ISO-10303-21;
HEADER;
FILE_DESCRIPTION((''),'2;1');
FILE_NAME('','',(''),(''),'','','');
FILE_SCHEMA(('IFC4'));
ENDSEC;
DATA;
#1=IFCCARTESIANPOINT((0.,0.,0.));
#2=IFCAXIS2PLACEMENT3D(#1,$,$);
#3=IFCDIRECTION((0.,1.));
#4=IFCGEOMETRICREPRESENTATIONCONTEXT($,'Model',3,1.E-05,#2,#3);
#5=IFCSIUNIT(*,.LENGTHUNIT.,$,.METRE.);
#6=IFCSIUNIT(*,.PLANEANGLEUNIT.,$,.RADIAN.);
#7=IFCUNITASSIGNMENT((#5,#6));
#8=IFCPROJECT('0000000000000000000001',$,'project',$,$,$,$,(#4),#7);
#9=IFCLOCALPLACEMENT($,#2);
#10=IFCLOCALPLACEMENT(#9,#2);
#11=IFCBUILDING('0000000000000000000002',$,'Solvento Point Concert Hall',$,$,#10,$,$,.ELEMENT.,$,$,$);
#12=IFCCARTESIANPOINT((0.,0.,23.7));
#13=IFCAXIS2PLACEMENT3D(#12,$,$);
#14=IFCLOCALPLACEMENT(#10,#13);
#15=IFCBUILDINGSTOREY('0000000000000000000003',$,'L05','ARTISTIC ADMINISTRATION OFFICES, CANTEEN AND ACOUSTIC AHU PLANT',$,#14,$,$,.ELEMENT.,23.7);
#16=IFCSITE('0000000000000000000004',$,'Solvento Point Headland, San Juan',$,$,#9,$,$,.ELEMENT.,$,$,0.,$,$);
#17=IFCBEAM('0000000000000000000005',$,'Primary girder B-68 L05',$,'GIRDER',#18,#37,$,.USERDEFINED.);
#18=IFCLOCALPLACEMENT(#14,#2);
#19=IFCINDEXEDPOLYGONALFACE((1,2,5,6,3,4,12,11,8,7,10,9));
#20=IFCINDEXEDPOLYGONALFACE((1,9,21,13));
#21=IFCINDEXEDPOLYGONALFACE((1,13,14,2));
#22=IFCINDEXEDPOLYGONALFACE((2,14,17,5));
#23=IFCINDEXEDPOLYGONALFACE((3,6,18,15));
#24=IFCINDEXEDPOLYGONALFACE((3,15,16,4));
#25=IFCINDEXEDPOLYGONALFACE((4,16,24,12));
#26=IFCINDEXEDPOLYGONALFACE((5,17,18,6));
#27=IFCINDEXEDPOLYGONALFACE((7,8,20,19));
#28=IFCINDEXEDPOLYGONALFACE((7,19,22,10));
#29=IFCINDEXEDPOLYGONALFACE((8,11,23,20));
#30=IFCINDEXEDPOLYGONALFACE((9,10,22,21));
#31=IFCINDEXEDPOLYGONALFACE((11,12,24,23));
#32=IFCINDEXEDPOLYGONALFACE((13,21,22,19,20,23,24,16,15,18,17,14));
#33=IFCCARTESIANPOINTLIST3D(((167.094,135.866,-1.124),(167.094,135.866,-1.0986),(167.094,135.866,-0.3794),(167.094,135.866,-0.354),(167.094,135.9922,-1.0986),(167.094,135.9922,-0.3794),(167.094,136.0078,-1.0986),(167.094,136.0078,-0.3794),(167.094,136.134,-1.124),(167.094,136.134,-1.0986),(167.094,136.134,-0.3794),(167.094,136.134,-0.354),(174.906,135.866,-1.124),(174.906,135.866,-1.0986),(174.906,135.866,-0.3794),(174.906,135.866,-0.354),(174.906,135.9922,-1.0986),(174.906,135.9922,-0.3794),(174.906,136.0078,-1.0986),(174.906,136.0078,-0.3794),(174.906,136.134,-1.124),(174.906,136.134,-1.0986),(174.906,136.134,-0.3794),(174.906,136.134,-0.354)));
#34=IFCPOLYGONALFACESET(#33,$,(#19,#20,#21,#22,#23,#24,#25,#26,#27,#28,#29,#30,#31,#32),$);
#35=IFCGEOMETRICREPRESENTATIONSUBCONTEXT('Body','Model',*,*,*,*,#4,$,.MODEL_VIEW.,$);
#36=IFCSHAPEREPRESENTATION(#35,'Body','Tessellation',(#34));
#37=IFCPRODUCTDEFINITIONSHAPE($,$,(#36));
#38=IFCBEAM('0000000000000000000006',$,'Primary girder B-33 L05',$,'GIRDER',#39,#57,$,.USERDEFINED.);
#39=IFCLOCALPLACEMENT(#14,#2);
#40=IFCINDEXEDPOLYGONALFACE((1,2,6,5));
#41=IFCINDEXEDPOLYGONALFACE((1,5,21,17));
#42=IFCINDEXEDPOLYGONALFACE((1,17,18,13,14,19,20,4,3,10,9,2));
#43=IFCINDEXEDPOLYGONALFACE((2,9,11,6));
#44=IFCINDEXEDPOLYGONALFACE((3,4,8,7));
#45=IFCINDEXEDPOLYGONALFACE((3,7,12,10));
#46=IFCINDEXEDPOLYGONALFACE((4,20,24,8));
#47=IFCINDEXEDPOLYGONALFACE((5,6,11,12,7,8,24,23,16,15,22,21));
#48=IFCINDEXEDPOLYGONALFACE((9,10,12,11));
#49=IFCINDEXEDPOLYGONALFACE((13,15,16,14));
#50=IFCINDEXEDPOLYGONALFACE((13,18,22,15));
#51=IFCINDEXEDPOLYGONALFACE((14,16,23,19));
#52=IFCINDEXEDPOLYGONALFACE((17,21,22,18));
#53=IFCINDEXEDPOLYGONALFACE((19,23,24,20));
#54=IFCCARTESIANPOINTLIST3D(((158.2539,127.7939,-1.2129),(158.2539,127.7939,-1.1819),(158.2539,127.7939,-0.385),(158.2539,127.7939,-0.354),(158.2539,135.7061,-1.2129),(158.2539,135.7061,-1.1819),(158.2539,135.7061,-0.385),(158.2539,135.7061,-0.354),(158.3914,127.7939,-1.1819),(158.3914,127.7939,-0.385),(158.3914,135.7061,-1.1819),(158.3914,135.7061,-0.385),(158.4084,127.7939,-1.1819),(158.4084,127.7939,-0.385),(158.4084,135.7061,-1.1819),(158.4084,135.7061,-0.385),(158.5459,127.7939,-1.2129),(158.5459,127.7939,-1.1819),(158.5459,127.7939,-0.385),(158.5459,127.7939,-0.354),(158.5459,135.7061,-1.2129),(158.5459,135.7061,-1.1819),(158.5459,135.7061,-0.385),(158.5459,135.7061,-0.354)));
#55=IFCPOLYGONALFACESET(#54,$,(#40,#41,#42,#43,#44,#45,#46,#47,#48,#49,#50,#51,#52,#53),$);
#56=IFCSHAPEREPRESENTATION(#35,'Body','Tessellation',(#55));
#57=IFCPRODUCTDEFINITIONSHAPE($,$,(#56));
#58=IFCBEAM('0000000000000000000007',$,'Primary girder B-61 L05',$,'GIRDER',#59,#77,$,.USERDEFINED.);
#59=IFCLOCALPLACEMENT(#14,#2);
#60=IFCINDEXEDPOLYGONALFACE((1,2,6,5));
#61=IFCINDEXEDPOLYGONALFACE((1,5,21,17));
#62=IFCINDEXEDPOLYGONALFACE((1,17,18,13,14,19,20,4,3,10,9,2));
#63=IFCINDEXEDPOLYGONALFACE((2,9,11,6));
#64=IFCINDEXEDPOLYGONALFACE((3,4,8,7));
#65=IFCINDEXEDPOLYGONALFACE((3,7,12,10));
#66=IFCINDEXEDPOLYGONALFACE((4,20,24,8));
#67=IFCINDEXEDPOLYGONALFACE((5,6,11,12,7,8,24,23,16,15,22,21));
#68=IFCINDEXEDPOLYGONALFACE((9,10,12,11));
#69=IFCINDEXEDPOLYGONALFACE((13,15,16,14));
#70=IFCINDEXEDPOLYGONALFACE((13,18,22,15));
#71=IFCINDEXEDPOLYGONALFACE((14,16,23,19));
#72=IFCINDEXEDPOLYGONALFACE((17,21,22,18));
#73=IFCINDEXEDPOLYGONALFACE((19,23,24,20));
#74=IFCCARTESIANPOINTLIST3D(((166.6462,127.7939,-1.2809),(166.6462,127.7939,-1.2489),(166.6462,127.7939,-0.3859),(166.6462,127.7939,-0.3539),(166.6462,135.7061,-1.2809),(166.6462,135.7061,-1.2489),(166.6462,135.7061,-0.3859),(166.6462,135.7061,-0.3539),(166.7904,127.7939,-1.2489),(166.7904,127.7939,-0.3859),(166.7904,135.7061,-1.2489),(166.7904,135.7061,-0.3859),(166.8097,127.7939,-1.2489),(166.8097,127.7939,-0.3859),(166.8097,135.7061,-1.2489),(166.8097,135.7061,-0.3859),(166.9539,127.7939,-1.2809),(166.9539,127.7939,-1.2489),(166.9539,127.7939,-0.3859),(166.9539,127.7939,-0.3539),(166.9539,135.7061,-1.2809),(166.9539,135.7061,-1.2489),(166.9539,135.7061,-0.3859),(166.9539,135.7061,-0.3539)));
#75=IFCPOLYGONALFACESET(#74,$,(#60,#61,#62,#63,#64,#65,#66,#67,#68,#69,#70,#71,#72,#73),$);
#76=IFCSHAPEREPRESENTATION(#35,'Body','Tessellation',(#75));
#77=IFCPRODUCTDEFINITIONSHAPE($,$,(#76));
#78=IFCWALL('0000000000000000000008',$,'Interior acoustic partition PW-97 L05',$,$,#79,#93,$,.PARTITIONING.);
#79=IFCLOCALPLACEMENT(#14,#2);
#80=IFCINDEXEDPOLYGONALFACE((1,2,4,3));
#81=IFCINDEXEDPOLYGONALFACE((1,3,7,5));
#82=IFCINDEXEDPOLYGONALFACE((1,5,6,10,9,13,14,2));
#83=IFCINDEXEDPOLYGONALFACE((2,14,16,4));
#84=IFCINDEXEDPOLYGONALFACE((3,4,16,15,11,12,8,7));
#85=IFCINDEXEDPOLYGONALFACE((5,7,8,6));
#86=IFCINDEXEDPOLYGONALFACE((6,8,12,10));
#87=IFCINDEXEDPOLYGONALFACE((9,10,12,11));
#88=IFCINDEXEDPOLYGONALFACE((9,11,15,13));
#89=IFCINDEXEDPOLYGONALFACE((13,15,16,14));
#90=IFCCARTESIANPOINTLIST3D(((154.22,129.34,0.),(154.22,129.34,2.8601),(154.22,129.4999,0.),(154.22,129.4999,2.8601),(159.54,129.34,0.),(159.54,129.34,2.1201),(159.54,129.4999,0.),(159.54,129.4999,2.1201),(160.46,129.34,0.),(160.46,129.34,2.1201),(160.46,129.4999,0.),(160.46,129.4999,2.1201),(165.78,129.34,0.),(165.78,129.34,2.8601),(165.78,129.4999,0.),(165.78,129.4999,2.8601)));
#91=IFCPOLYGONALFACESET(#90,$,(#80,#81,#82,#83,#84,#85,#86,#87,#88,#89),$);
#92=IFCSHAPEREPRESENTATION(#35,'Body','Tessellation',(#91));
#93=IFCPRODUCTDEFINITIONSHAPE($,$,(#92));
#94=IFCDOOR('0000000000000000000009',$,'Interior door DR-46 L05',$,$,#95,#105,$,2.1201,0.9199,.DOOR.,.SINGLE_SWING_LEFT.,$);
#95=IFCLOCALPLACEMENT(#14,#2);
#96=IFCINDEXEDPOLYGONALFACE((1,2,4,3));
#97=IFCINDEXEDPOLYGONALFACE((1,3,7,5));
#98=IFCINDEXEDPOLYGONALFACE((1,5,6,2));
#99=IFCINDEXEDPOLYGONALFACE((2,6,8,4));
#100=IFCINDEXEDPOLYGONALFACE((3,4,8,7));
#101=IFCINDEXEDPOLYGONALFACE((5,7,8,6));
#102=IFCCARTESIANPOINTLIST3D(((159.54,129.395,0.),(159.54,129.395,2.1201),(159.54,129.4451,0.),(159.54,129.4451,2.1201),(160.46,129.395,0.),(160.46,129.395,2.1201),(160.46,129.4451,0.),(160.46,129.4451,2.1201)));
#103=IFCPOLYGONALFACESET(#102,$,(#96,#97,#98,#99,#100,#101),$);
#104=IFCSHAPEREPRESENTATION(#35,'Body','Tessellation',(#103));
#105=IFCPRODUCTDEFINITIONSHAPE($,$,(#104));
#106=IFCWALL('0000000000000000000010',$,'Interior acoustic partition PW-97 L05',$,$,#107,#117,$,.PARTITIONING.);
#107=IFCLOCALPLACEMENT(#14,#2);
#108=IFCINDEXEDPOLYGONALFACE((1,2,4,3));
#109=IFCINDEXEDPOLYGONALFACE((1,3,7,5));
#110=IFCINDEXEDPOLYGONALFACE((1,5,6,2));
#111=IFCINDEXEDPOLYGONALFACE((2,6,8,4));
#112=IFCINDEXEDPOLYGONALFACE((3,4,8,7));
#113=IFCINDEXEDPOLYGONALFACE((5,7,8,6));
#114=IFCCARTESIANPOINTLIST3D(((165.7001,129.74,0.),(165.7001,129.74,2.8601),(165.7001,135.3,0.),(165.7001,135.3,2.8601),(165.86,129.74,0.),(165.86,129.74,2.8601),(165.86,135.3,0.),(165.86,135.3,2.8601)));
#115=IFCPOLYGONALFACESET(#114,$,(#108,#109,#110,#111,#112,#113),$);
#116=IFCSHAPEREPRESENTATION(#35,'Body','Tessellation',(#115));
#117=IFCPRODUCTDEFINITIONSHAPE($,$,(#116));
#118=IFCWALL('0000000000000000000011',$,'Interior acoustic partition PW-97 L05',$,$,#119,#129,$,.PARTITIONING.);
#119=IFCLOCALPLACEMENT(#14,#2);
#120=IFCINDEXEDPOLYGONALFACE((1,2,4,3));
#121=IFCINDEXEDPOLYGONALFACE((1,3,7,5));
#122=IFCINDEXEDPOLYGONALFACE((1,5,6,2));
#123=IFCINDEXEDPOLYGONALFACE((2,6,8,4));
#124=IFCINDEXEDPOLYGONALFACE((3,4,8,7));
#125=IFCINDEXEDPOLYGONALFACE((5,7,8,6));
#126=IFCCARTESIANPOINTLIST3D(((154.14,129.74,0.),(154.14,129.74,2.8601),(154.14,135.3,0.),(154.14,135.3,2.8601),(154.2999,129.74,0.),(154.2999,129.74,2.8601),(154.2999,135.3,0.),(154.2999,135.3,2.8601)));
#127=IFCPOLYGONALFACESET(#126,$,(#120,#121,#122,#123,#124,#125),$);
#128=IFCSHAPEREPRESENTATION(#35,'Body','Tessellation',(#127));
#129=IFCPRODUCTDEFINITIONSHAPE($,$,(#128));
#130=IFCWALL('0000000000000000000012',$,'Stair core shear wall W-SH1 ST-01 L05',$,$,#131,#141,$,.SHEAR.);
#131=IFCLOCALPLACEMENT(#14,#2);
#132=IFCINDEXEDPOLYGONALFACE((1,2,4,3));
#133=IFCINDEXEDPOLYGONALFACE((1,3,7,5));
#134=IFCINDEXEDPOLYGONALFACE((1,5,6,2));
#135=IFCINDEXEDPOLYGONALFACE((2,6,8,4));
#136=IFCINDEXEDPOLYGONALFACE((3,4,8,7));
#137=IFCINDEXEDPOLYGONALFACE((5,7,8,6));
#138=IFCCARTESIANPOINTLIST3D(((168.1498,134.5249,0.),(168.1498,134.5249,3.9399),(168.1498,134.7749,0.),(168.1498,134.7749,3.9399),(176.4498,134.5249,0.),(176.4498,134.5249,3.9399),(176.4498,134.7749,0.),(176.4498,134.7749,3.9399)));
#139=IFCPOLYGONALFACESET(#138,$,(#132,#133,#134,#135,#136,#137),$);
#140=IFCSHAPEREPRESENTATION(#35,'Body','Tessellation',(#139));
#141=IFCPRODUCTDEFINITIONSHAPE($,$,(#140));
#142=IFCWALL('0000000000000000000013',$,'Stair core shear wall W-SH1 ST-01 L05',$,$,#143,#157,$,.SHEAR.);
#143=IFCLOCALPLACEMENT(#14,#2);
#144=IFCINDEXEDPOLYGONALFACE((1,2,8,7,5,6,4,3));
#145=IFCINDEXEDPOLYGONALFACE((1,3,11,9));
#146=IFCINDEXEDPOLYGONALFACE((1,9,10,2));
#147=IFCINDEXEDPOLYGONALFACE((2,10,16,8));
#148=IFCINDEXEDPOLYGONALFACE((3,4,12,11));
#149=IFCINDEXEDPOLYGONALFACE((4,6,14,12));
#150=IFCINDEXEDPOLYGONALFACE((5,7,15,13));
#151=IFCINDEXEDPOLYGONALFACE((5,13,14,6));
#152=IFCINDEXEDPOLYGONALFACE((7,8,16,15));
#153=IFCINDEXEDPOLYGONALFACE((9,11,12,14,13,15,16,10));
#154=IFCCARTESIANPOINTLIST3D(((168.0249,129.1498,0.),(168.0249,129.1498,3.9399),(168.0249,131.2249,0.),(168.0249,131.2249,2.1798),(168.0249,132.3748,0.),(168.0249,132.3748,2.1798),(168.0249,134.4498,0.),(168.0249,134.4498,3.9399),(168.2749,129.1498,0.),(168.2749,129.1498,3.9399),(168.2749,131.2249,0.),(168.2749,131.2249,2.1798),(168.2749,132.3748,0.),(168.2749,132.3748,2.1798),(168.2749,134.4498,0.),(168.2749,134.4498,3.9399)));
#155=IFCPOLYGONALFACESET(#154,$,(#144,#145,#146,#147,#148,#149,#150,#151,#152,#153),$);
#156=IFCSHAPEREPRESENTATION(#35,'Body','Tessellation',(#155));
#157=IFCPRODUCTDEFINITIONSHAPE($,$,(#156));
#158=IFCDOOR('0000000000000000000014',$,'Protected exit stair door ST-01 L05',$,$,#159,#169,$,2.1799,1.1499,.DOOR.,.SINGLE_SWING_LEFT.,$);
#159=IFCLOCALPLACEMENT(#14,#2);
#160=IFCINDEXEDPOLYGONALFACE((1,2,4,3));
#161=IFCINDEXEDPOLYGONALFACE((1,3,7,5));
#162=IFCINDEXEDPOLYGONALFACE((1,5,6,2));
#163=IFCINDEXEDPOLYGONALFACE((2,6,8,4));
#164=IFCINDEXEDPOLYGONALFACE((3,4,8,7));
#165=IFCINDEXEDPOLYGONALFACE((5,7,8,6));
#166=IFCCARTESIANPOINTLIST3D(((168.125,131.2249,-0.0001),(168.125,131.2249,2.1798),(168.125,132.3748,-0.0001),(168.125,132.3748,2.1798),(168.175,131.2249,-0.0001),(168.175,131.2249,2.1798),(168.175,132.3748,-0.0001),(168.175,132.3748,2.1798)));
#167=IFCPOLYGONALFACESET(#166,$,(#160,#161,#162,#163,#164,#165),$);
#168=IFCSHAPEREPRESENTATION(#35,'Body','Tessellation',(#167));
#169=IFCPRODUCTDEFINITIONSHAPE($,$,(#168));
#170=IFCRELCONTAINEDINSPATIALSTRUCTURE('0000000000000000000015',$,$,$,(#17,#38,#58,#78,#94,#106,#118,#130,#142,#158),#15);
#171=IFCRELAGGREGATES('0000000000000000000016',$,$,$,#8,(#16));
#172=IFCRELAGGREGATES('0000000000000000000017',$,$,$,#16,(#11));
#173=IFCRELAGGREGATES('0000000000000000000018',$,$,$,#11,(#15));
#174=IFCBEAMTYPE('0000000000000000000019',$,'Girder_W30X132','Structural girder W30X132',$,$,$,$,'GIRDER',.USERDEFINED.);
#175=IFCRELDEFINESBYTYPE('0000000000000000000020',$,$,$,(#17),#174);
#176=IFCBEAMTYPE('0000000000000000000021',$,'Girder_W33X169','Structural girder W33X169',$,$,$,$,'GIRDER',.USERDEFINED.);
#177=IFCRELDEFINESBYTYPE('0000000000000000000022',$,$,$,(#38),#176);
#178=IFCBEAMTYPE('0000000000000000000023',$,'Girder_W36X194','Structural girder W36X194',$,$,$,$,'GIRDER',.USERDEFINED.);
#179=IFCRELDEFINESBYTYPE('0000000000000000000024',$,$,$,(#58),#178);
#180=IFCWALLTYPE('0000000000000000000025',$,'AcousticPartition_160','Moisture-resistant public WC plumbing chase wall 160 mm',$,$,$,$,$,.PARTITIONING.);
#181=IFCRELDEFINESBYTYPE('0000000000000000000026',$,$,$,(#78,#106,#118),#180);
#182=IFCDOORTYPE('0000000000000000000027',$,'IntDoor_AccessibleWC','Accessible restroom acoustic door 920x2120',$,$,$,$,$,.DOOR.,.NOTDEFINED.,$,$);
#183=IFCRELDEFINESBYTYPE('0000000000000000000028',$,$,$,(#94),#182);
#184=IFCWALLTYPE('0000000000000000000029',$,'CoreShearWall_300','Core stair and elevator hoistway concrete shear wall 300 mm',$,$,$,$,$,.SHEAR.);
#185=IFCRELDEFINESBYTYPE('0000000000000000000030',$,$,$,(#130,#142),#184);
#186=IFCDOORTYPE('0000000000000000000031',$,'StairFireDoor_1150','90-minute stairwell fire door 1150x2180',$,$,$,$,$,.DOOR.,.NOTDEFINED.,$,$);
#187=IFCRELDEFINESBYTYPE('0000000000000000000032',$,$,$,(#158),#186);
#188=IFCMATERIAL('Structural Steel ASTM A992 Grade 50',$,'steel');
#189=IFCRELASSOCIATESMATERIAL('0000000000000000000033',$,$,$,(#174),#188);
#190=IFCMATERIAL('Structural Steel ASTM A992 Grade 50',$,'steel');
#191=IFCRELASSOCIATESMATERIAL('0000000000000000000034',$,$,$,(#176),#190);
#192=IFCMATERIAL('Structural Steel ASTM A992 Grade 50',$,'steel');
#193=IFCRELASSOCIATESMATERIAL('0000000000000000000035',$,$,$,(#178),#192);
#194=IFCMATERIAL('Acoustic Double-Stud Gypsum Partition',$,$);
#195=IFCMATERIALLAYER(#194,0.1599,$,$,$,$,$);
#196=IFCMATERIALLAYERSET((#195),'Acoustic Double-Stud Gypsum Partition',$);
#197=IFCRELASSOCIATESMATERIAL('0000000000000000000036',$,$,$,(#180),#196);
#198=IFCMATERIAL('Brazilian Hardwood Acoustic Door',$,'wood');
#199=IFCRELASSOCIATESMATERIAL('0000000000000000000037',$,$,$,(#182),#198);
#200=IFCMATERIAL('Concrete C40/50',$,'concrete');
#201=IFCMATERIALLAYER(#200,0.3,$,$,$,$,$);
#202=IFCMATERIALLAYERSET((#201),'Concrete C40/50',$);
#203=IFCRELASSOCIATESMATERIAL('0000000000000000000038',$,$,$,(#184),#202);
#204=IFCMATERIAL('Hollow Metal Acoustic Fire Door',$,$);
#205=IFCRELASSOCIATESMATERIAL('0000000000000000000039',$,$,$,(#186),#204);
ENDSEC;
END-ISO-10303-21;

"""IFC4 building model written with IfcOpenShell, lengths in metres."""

from ifc_helpers import new_model, si_unit, direction, frame, frame_2d, origin, origin_2d, place, context, subcontext, project, spatial, rectangle, i_section, extrude, material, layer, layer_set, material_profile, profile_set, type_object, element, fill, save


model = new_model("IFC4")

# Units and contexts
model_context = context("Model", 3, precision=1e-05, world=origin(), true_north=direction((0.0, 1.0)))
body_context = subcontext(model_context, "Body", "Model", "MODEL_VIEW")
ifc_project = project(units=[si_unit("LENGTHUNIT", "METRE"), si_unit("PLANEANGLEUNIT", "RADIAN")], contexts=[model_context])

# Site, building, storey
site_placement = place(None, origin())
site = spatial("IfcSite", under=ifc_project, at=site_placement, Name="Solvento Point Headland, San Juan", CompositionType="ELEMENT", RefElevation=0.0)
building_placement = place(site_placement, origin())
building = spatial("IfcBuilding", under=site, at=building_placement, Name="Solvento Point Concert Hall", CompositionType="ELEMENT")
storey_placement = place(building_placement, frame((0.0, 0.0, 23.7)))
storey = spatial("IfcBuildingStorey", under=building, at=storey_placement, Name="L05", Description="ARTISTIC ADMINISTRATION OFFICES, CANTEEN AND ACOUSTIC AHU PLANT", CompositionType="ELEMENT", Elevation=23.7)

# Beams
ifc_material_1 = material(Name="Structural Steel ASTM A992 Grade 50", Category="steel")
ifc_material_profile_1 = material_profile(ifc_material_1, i_section(OverallWidth=0.2681, OverallDepth=0.77, WebThickness=0.0156, FlangeThickness=0.0254, at=origin_2d()), Name="W30X132")
ifc_profile_set_1 = profile_set([ifc_material_profile_1], Name="Structural Steel ASTM A992 Grade 50")
beam_type_1 = type_object("IfcBeamType", Name="Girder_W30X132", Description="Structural girder W30X132", ElementType="GIRDER", PredefinedType="USERDEFINED", material=ifc_profile_set_1)
beam_1_placement = place(storey_placement, frame((167.094, 136.0, -0.739), z_axis=(1.0, 0.0, 0.0), x_axis=(0.0, 1.0, 0.0)))
element("IfcBeam", 1, at=beam_1_placement, inside=storey, type_object=beam_type_1, Name="Primary girder B-68 L05", ObjectType="GIRDER", PredefinedType="USERDEFINED", context=body_context, shape_type="SweptSolid", body=[
    extrude(i_section(OverallWidth=0.2681, OverallDepth=0.77, WebThickness=0.0156, FlangeThickness=0.0254, at=origin_2d()), origin(), (0.0, 0.0, 1.0), 7.812),
])
ifc_material_2 = material(Name="Structural Steel ASTM A992 Grade 50", Category="steel")
ifc_material_profile_2 = material_profile(ifc_material_2, i_section(OverallWidth=0.292, OverallDepth=0.8589, WebThickness=0.0171, FlangeThickness=0.031, at=origin_2d()), Name="W33X169")
ifc_profile_set_2 = profile_set([ifc_material_profile_2], Name="Structural Steel ASTM A992 Grade 50")
beam_type_2 = type_object("IfcBeamType", Name="Girder_W33X169", Description="Structural girder W33X169", ElementType="GIRDER", PredefinedType="USERDEFINED", material=ifc_profile_set_2)
beam_2_placement = place(storey_placement, frame((158.3999, 127.7939, -0.7834), z_axis=(0.0, 1.0, 0.0), x_axis=(-1.0, 0.0, 0.0)))
element("IfcBeam", 2, at=beam_2_placement, inside=storey, type_object=beam_type_2, Name="Primary girder B-33 L05", ObjectType="GIRDER", PredefinedType="USERDEFINED", context=body_context, shape_type="SweptSolid", body=[
    extrude(i_section(OverallWidth=0.292, OverallDepth=0.8589, WebThickness=0.0171, FlangeThickness=0.031, at=origin_2d()), origin(), (0.0, 0.0, 1.0), 7.9121),
])
ifc_material_3 = material(Name="Structural Steel ASTM A992 Grade 50", Category="steel")
ifc_material_profile_3 = material_profile(ifc_material_3, i_section(OverallWidth=0.3076, OverallDepth=0.927, WebThickness=0.0193, FlangeThickness=0.032, at=origin_2d()), Name="W36X194")
ifc_profile_set_3 = profile_set([ifc_material_profile_3], Name="Structural Steel ASTM A992 Grade 50")
beam_type_3 = type_object("IfcBeamType", Name="Girder_W36X194", Description="Structural girder W36X194", ElementType="GIRDER", PredefinedType="USERDEFINED", material=ifc_profile_set_3)
beam_3_placement = place(storey_placement, frame((166.8, 127.7939, -0.8174), z_axis=(0.0, 1.0, 0.0), x_axis=(-1.0, 0.0, 0.0)))
element("IfcBeam", 3, at=beam_3_placement, inside=storey, type_object=beam_type_3, Name="Primary girder B-61 L05", ObjectType="GIRDER", PredefinedType="USERDEFINED", context=body_context, shape_type="SweptSolid", body=[
    extrude(i_section(OverallWidth=0.3076, OverallDepth=0.927, WebThickness=0.0193, FlangeThickness=0.032, at=origin_2d()), origin(), (0.0, 0.0, 1.0), 7.9121),
])

# Wall, opening, door
ifc_material_4 = material(Name="Acoustic Double-Stud Gypsum Partition")
ifc_layer_1 = layer(ifc_material_4, 0.1599)
ifc_layer_set_1 = layer_set([ifc_layer_1], Name="Acoustic Double-Stud Gypsum Partition")
wall_type_1 = type_object("IfcWallType", Name="AcousticPartition_160", Description="Moisture-resistant public WC plumbing chase wall 160 mm", PredefinedType="PARTITIONING", material=ifc_layer_set_1)
wall_1_placement = place(storey_placement, frame((165.78, 129.4199, 0.0), z_axis=(0.0, 0.0, 1.0), x_axis=(-1.0, 0.0, 0.0)))
wall_1 = element("IfcWall", 4, at=wall_1_placement, inside=storey, type_object=wall_type_1, Name="Interior acoustic partition PW-97 L05", PredefinedType="PARTITIONING", context=body_context, shape_type="SweptSolid", body=[
    extrude(rectangle(XDim=11.5601, YDim=0.1599, at=frame_2d((5.78, 0.0))), origin(), (0.0, 0.0, 1.0), 2.8601),
])
opening_1_placement = place(wall_1_placement, frame((5.3201, 0.0, 0.0)))
opening_1 = element("IfcOpeningElement", 5, at=opening_1_placement, cuts=wall_1, PredefinedType="OPENING", context=body_context, shape_type="SweptSolid", body=[
    extrude(rectangle(XDim=0.9199, YDim=2.1201, at=frame_2d((0.46, 1.0601))), frame((0.0, 0.0898, 0.0), z_axis=(0.0, -1.0, 0.0), x_axis=(1.0, 0.0, 0.0)), (0.0, 0.0, 1.0), 0.1799),
])
ifc_material_5 = material(Name="Brazilian Hardwood Acoustic Door", Category="wood")
door_type_1 = type_object("IfcDoorType", Name="IntDoor_AccessibleWC", Description="Accessible restroom acoustic door 920x2120", OperationType="NOTDEFINED", PredefinedType="DOOR", material=ifc_material_5)
door_1_placement = place(opening_1_placement, origin())
door_1 = element("IfcDoor", 6, at=door_1_placement, inside=storey, type_object=door_type_1, Name="Interior door DR-46 L05", OperationType="SINGLE_SWING_LEFT", OverallHeight=2.1201, OverallWidth=0.9199, PredefinedType="DOOR", context=body_context, shape_type="SweptSolid", body=[
    extrude(rectangle(XDim=0.9199, YDim=2.1201, at=frame_2d((0.46, 1.0601))), frame((0.0, 0.0249, 0.0), z_axis=(0.0, -1.0, 0.0), x_axis=(1.0, 0.0, 0.0)), (0.0, 0.0, 1.0), 0.05),
])
fill(opening_1, door_1)

# Walls
for number, where, z_axis, x_axis, name in (
    (7, (165.78, 135.3, 0.0), (0.0, 0.0, 1.0), (0.0, -1.0, 0.0), "Interior acoustic partition PW-97 L05"),
    (8, (154.22, 129.74, 0.0), (0.0, 0.0, 1.0), (0.0, 1.0, 0.0), "Interior acoustic partition PW-97 L05"),
):
    element("IfcWall", number, at=place(storey_placement, frame(where, z_axis=z_axis, x_axis=x_axis)), inside=storey, type_object=wall_type_1, Name=name, PredefinedType="PARTITIONING", context=body_context, shape_type="SweptSolid", body=[
        extrude(rectangle(XDim=5.5601, YDim=0.1599, at=frame_2d((2.78, 0.0))), origin(), (0.0, 0.0, 1.0), 2.8601),
    ])
ifc_material_6 = material(Name="Concrete C40/50", Category="concrete")
ifc_layer_2 = layer(ifc_material_6, 0.3)
ifc_layer_set_2 = layer_set([ifc_layer_2], Name="Concrete C40/50")
wall_type_2 = type_object("IfcWallType", Name="CoreShearWall_300", Description="Core stair and elevator hoistway concrete shear wall 300 mm", PredefinedType="SHEAR", material=ifc_layer_set_2)
wall_2_placement = place(storey_placement, frame((168.1499, 134.6499, 0.0), z_axis=(0.0, 0.0, 1.0), x_axis=(1.0, 0.0, 0.0)))
element("IfcWall", 9, at=wall_2_placement, inside=storey, type_object=wall_type_2, Name="Stair core shear wall W-SH1 ST-01 L05", PredefinedType="SHEAR", context=body_context, shape_type="SweptSolid", body=[
    extrude(rectangle(XDim=8.3, YDim=0.25, at=frame_2d((4.1499, 0.0))), origin(), (0.0, 0.0, 1.0), 3.9399),
])

# Wall, opening, door
wall_3_placement = place(storey_placement, frame((168.1499, 129.1499, 0.0), z_axis=(0.0, 0.0, 1.0), x_axis=(0.0, 1.0, 0.0)))
wall_3 = element("IfcWall", 10, at=wall_3_placement, inside=storey, type_object=wall_type_2, Name="Stair core shear wall W-SH1 ST-01 L05", PredefinedType="SHEAR", context=body_context, shape_type="SweptSolid", body=[
    extrude(rectangle(XDim=5.3, YDim=0.25, at=frame_2d((2.6499, 0.0))), origin(), (0.0, 0.0, 1.0), 3.9399),
])
opening_2_placement = place(wall_3_placement, frame((2.075, 0.0, 0.0)))
opening_2 = element("IfcOpeningElement", 11, at=opening_2_placement, cuts=wall_3, PredefinedType="OPENING", context=body_context, shape_type="SweptSolid", body=[
    extrude(rectangle(XDim=1.1499, YDim=2.1799, at=frame_2d((0.575, 1.0898))), frame((0.0, 0.135, 0.0), z_axis=(0.0, -1.0, 0.0), x_axis=(1.0, 0.0, 0.0)), (0.0, 0.0, 1.0), 0.27),
])
ifc_material_7 = material(Name="Hollow Metal Acoustic Fire Door")
door_type_2 = type_object("IfcDoorType", Name="StairFireDoor_1150", Description="90-minute stairwell fire door 1150x2180", OperationType="NOTDEFINED", PredefinedType="DOOR", material=ifc_material_7)
door_2_placement = place(opening_2_placement, origin())
door_2 = element("IfcDoor", 12, at=door_2_placement, inside=storey, type_object=door_type_2, Name="Protected exit stair door ST-01 L05", OperationType="SINGLE_SWING_LEFT", OverallHeight=2.1799, OverallWidth=1.1499, PredefinedType="DOOR", context=body_context, shape_type="SweptSolid", body=[
    extrude(rectangle(XDim=1.1499, YDim=2.1799, at=frame_2d((0.575, 1.0898))), frame((0.0, 0.0249, 0.0), z_axis=(0.0, -1.0, 0.0), x_axis=(1.0, 0.0, 0.0)), (0.0, 0.0, 1.0), 0.05),
])
fill(opening_2, door_2)

save(model, "model.ifc")
